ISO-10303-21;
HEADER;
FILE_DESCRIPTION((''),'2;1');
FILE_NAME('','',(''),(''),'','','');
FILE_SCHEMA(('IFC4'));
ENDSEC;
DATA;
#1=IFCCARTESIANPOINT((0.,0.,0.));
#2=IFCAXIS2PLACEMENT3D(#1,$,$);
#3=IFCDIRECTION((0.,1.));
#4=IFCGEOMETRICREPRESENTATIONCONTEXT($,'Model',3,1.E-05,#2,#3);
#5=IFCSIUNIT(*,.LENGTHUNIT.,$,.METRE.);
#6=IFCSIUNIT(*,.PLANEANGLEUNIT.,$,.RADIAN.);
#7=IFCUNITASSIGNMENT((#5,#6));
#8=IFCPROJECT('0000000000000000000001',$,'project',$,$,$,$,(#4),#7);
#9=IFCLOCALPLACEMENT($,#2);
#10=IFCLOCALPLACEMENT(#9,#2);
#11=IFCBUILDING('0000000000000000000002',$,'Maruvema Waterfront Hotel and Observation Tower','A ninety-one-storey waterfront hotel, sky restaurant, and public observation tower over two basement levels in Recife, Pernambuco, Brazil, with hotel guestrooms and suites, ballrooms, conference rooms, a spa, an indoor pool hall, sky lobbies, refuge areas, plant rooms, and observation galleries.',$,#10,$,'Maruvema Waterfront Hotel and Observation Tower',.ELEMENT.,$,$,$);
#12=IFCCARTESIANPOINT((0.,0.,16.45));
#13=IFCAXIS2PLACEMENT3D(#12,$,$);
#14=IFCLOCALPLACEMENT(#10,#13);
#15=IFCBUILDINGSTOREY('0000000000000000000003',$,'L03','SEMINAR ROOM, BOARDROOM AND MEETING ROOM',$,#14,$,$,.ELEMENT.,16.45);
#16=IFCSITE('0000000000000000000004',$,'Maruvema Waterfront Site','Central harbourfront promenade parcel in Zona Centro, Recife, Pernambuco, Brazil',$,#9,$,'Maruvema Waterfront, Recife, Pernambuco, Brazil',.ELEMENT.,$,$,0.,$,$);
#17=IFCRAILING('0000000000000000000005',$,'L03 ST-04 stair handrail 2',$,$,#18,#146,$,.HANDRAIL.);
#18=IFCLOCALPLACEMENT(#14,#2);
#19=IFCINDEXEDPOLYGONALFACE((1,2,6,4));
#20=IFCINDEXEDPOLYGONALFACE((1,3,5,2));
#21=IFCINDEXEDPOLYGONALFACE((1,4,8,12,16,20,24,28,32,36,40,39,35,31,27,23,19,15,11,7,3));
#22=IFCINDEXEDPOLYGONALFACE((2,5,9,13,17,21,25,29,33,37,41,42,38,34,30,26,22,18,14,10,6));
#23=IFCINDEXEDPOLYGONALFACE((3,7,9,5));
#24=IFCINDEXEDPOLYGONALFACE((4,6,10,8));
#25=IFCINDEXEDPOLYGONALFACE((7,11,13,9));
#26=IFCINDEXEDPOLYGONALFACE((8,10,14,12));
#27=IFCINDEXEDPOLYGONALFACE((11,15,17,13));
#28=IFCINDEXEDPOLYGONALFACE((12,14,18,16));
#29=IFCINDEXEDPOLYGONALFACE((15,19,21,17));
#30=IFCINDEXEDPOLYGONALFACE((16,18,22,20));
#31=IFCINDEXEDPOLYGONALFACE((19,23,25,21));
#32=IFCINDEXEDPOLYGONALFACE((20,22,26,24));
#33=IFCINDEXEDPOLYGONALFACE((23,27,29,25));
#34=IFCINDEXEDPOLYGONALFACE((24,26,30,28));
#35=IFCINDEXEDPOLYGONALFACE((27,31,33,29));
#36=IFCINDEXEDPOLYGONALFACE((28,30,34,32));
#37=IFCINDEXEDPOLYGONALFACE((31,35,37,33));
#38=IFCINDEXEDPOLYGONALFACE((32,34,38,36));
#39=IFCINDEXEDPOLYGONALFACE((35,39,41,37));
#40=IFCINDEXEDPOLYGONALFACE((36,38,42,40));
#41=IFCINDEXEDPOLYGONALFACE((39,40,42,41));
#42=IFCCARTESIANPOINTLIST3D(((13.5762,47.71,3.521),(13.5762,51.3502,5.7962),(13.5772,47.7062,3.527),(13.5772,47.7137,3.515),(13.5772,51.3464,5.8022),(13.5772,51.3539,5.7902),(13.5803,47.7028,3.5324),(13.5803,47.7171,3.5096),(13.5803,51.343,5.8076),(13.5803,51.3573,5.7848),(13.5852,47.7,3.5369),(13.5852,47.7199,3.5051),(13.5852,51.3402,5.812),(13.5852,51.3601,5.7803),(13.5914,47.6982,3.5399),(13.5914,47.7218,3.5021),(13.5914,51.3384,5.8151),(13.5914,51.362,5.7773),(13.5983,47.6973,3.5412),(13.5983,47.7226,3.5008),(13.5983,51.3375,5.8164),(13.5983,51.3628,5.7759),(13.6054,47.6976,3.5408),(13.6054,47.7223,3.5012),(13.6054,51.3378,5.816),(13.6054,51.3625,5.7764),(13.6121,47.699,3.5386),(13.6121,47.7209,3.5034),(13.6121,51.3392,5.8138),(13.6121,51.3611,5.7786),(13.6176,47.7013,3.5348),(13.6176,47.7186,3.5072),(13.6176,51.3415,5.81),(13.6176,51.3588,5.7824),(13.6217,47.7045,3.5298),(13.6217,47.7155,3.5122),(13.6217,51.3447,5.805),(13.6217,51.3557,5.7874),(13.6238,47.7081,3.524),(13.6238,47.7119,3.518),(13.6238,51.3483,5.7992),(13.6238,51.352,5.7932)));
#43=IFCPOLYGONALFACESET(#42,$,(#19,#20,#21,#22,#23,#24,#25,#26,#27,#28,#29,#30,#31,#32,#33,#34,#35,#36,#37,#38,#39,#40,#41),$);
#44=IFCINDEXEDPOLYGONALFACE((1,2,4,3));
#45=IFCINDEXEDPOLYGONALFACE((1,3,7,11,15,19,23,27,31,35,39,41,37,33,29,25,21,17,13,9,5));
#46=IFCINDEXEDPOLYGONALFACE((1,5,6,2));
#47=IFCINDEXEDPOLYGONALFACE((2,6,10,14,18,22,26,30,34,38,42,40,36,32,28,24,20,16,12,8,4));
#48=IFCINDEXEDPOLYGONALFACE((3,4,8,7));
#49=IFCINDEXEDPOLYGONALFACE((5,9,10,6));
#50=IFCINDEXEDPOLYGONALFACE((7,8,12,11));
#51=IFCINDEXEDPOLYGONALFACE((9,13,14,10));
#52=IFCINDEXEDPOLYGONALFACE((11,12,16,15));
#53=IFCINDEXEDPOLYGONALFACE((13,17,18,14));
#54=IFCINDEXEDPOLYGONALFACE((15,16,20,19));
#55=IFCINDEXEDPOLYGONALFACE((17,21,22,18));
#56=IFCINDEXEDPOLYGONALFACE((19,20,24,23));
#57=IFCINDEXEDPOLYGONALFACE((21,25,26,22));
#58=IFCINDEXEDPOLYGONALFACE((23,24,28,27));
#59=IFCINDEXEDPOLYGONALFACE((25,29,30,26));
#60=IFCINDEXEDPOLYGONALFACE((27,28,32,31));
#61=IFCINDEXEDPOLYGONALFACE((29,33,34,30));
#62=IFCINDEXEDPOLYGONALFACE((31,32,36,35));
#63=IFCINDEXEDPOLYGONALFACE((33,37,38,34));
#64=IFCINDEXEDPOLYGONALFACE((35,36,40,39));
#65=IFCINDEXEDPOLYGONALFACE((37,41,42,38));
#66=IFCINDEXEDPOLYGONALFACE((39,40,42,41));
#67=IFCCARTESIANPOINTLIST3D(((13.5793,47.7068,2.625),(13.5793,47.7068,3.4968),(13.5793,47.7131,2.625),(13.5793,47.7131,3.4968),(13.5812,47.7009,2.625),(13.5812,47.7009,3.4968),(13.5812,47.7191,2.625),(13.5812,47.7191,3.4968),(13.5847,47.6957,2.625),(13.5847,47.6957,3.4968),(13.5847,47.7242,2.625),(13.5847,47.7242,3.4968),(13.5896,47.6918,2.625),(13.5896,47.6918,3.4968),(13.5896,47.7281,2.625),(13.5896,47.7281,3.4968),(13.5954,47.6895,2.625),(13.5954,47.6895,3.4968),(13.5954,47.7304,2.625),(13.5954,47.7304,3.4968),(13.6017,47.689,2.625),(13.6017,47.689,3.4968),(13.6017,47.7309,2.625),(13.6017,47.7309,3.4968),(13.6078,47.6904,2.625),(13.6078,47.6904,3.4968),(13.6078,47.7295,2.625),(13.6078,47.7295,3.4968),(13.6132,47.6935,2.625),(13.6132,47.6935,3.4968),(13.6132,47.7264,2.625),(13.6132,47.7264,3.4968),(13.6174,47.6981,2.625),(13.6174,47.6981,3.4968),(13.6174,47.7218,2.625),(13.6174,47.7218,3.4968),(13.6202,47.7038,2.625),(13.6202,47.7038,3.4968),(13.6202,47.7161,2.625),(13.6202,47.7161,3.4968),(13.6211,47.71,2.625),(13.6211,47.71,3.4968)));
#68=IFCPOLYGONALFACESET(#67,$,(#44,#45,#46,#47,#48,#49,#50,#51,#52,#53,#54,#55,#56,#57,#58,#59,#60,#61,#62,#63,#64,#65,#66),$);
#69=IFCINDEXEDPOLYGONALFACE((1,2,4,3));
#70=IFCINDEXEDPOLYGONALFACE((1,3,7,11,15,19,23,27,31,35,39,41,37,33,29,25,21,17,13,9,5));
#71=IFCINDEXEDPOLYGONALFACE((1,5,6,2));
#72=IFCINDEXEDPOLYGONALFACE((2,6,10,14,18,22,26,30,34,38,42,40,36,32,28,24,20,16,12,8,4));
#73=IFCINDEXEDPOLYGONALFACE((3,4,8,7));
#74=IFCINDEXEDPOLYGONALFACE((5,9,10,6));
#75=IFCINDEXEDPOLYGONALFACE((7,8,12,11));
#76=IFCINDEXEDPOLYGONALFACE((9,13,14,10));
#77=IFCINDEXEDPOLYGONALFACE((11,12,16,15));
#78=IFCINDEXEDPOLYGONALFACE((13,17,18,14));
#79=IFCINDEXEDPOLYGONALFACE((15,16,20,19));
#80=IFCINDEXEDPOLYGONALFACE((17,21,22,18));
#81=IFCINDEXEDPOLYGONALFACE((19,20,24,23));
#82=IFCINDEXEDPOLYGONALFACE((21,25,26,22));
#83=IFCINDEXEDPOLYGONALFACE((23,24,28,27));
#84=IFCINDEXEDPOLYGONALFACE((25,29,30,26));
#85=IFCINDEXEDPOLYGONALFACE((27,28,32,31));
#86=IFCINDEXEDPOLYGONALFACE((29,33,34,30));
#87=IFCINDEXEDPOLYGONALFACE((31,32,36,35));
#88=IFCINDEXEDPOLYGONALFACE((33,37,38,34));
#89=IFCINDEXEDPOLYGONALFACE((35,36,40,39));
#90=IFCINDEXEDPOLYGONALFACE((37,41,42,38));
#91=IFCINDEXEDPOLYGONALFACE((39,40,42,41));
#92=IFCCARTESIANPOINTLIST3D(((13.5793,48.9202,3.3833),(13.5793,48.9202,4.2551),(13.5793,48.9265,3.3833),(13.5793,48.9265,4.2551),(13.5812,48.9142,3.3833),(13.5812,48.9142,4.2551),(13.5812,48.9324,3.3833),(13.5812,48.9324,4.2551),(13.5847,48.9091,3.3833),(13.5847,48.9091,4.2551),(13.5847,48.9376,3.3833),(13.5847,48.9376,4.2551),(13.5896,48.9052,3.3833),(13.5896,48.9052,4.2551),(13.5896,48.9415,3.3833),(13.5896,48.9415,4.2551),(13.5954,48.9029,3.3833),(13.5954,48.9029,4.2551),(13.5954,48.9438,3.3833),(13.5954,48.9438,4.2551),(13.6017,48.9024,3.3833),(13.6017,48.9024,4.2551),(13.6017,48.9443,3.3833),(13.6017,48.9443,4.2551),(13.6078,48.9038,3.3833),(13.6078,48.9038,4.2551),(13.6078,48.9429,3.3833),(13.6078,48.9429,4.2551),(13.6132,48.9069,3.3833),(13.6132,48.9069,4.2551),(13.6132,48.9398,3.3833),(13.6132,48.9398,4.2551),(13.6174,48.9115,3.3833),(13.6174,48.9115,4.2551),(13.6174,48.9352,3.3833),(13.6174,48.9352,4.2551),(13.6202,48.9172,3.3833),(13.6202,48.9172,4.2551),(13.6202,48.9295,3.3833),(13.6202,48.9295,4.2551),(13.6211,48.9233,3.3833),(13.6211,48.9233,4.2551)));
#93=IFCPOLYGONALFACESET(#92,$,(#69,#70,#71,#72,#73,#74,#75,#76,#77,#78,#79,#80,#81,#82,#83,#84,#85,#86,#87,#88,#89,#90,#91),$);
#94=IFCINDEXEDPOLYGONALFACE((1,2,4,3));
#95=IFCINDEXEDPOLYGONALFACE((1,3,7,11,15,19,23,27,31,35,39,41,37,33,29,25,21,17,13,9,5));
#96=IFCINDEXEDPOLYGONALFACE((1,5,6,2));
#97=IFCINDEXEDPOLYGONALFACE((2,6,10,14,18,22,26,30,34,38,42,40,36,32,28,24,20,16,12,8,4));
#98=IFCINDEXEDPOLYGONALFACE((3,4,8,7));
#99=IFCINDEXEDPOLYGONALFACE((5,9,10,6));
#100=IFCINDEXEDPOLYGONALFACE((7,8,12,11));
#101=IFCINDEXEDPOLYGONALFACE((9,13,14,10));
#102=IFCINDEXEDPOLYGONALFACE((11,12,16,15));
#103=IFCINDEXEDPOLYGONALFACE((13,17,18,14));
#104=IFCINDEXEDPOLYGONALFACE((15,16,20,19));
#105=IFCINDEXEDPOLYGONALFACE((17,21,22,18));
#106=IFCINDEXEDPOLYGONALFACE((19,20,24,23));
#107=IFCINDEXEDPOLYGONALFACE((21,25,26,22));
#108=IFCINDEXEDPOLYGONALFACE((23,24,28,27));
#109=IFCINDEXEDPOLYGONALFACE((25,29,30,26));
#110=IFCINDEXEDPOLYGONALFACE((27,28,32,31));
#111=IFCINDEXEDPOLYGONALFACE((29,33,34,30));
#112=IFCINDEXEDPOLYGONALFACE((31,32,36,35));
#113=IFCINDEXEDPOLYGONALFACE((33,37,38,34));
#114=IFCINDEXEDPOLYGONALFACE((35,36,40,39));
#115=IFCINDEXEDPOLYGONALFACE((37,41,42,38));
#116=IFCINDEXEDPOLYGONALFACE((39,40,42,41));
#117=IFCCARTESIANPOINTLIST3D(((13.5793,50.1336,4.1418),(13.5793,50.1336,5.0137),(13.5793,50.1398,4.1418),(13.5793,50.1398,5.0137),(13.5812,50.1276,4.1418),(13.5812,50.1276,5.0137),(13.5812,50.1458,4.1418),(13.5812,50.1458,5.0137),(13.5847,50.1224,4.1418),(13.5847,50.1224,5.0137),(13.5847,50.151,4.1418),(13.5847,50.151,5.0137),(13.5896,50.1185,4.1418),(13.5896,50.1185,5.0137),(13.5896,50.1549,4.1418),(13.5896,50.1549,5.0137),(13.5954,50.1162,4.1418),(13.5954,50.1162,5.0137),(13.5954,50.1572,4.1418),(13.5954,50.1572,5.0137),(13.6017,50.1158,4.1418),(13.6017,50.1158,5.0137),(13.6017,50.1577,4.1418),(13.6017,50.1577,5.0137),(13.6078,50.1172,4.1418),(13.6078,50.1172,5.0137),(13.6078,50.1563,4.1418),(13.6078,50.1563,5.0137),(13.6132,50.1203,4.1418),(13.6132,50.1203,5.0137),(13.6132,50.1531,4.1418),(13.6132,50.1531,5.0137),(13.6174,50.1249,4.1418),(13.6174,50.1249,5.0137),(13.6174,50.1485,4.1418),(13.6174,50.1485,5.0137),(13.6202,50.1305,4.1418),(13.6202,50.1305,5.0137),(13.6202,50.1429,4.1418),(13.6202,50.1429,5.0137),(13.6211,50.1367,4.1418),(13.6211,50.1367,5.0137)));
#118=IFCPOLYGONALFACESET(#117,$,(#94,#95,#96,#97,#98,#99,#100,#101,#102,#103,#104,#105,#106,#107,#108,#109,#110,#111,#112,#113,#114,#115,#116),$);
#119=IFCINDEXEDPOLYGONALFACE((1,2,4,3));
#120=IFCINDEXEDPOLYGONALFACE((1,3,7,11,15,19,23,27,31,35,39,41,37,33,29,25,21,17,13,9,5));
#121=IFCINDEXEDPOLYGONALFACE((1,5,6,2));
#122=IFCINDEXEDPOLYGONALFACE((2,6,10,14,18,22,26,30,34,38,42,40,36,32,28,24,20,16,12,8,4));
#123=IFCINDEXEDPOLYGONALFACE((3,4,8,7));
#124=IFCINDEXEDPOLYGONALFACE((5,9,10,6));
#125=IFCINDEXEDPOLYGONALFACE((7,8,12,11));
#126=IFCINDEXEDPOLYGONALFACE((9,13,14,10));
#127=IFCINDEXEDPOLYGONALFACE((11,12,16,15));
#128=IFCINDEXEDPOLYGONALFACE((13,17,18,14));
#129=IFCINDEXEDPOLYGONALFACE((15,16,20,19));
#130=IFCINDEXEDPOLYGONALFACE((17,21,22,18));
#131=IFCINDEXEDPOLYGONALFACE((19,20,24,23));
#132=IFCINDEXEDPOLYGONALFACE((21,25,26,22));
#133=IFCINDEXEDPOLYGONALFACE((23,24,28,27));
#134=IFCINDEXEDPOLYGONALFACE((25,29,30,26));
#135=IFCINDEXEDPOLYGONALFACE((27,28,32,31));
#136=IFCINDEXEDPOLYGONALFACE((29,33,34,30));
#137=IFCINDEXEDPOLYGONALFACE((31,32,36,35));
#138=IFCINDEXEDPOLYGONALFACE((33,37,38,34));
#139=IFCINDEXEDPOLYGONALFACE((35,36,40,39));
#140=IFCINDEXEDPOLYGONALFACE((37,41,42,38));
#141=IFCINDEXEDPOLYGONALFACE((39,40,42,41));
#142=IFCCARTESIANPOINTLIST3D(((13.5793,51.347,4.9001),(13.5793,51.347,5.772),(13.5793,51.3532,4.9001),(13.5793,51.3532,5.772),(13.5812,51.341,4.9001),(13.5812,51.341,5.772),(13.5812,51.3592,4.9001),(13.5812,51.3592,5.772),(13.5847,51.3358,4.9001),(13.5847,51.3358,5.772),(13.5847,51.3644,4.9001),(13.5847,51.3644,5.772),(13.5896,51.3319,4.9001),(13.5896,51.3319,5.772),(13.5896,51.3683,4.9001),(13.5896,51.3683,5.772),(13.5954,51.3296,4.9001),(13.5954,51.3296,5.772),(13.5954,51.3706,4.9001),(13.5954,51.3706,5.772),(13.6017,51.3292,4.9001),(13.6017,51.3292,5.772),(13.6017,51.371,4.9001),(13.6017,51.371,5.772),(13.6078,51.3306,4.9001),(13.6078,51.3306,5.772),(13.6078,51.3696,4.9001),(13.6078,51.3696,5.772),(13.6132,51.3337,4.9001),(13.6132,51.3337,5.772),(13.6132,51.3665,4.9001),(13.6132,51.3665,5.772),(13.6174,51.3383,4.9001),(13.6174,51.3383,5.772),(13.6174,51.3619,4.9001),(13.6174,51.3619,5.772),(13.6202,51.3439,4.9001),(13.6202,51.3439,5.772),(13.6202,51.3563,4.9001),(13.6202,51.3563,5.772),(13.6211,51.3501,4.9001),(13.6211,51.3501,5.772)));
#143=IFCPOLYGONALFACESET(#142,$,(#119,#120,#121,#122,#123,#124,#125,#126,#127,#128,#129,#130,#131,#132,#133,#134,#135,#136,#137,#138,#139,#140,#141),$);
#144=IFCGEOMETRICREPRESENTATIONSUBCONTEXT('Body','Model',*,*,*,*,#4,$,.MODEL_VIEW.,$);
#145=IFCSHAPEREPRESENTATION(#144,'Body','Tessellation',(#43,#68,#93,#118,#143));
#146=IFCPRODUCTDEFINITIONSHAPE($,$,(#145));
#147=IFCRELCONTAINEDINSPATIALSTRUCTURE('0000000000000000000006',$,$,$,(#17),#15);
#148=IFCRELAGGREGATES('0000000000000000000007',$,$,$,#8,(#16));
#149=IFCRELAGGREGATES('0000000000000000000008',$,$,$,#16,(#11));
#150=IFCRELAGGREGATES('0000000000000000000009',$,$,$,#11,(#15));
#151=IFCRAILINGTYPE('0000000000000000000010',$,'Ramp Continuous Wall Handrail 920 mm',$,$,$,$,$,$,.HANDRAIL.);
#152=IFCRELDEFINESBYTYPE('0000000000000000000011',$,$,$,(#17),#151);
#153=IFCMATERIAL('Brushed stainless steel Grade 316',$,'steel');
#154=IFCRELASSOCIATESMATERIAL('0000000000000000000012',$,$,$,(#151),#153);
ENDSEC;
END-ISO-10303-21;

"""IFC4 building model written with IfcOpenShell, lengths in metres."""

from ifc_helpers import new_model, si_unit, direction, frame, origin, origin_2d, place, context, subcontext, project, spatial, circle, extrude, material, type_object, element, save


model = new_model("IFC4")

# Units and contexts
model_context = context("Model", 3, precision=1e-05, world=origin(), true_north=direction((0.0, 1.0)))
body_context = subcontext(model_context, "Body", "Model", "MODEL_VIEW")
ifc_project = project(units=[si_unit("LENGTHUNIT", "METRE"), si_unit("PLANEANGLEUNIT", "RADIAN")], contexts=[model_context])

# Site, building, storey
site_placement = place(None, origin())
site = spatial("IfcSite", under=ifc_project, at=site_placement, Name="Maruvema Waterfront Site", Description="Central harbourfront promenade parcel in Zona Centro, Recife, Pernambuco, Brazil", LongName="Maruvema Waterfront, Recife, Pernambuco, Brazil", CompositionType="ELEMENT", RefElevation=0.0)
building_placement = place(site_placement, origin())
building = spatial("IfcBuilding", under=site, at=building_placement, Name="Maruvema Waterfront Hotel and Observation Tower", Description="A ninety-one-storey waterfront hotel, sky restaurant, and public observation tower over two basement levels in Recife, Pernambuco, Brazil, with hotel guestrooms and suites, ballrooms, conference rooms, a spa, an indoor pool hall, sky lobbies, refuge areas, plant rooms, and observation galleries.", LongName="Maruvema Waterfront Hotel and Observation Tower", CompositionType="ELEMENT")
storey_placement = place(building_placement, frame((0.0, 0.0, 16.45)))
storey = spatial("IfcBuildingStorey", under=building, at=storey_placement, Name="L03", Description="SEMINAR ROOM, BOARDROOM AND MEETING ROOM", CompositionType="ELEMENT", Elevation=16.45)

# Railing
ifc_material_1 = material(Name="Brushed stainless steel Grade 316", Category="steel")
railing_type_1 = type_object("IfcRailingType", Name="Ramp Continuous Wall Handrail 920 mm", PredefinedType="HANDRAIL", material=ifc_material_1)
railing_1_placement = place(storey_placement, frame((13.6001, 47.71, 2.625)))
element("IfcRailing", 1, at=railing_1_placement, inside=storey, type_object=railing_type_1, Name="L03 ST-04 stair handrail 2", PredefinedType="HANDRAIL", context=body_context, shape_type="SweptSolid", body=[
    extrude(circle(Radius=0.0239, at=origin_2d()), frame((0.0, 0.0, 0.896), z_axis=(0.0, 0.847992, 0.530009), x_axis=(-1.0, 0.0, 0.0)), (0.0, 0.0, 1.0), 4.2927),
    extrude(circle(Radius=0.021, at=origin_2d()), origin(), (0.0, 0.0, 1.0), 0.8718),
    extrude(circle(Radius=0.021, at=origin_2d()), frame((0.0, 1.2134, 0.7583)), (0.0, 0.0, 1.0), 0.8718),
    extrude(circle(Radius=0.021, at=origin_2d()), frame((0.0, 2.4268, 1.5168)), (0.0, 0.0, 1.0), 0.8718),
    extrude(circle(Radius=0.021, at=origin_2d()), frame((0.0, 3.6401, 2.2751)), (0.0, 0.0, 1.0), 0.8718),
])

save(model, "model.ifc")
